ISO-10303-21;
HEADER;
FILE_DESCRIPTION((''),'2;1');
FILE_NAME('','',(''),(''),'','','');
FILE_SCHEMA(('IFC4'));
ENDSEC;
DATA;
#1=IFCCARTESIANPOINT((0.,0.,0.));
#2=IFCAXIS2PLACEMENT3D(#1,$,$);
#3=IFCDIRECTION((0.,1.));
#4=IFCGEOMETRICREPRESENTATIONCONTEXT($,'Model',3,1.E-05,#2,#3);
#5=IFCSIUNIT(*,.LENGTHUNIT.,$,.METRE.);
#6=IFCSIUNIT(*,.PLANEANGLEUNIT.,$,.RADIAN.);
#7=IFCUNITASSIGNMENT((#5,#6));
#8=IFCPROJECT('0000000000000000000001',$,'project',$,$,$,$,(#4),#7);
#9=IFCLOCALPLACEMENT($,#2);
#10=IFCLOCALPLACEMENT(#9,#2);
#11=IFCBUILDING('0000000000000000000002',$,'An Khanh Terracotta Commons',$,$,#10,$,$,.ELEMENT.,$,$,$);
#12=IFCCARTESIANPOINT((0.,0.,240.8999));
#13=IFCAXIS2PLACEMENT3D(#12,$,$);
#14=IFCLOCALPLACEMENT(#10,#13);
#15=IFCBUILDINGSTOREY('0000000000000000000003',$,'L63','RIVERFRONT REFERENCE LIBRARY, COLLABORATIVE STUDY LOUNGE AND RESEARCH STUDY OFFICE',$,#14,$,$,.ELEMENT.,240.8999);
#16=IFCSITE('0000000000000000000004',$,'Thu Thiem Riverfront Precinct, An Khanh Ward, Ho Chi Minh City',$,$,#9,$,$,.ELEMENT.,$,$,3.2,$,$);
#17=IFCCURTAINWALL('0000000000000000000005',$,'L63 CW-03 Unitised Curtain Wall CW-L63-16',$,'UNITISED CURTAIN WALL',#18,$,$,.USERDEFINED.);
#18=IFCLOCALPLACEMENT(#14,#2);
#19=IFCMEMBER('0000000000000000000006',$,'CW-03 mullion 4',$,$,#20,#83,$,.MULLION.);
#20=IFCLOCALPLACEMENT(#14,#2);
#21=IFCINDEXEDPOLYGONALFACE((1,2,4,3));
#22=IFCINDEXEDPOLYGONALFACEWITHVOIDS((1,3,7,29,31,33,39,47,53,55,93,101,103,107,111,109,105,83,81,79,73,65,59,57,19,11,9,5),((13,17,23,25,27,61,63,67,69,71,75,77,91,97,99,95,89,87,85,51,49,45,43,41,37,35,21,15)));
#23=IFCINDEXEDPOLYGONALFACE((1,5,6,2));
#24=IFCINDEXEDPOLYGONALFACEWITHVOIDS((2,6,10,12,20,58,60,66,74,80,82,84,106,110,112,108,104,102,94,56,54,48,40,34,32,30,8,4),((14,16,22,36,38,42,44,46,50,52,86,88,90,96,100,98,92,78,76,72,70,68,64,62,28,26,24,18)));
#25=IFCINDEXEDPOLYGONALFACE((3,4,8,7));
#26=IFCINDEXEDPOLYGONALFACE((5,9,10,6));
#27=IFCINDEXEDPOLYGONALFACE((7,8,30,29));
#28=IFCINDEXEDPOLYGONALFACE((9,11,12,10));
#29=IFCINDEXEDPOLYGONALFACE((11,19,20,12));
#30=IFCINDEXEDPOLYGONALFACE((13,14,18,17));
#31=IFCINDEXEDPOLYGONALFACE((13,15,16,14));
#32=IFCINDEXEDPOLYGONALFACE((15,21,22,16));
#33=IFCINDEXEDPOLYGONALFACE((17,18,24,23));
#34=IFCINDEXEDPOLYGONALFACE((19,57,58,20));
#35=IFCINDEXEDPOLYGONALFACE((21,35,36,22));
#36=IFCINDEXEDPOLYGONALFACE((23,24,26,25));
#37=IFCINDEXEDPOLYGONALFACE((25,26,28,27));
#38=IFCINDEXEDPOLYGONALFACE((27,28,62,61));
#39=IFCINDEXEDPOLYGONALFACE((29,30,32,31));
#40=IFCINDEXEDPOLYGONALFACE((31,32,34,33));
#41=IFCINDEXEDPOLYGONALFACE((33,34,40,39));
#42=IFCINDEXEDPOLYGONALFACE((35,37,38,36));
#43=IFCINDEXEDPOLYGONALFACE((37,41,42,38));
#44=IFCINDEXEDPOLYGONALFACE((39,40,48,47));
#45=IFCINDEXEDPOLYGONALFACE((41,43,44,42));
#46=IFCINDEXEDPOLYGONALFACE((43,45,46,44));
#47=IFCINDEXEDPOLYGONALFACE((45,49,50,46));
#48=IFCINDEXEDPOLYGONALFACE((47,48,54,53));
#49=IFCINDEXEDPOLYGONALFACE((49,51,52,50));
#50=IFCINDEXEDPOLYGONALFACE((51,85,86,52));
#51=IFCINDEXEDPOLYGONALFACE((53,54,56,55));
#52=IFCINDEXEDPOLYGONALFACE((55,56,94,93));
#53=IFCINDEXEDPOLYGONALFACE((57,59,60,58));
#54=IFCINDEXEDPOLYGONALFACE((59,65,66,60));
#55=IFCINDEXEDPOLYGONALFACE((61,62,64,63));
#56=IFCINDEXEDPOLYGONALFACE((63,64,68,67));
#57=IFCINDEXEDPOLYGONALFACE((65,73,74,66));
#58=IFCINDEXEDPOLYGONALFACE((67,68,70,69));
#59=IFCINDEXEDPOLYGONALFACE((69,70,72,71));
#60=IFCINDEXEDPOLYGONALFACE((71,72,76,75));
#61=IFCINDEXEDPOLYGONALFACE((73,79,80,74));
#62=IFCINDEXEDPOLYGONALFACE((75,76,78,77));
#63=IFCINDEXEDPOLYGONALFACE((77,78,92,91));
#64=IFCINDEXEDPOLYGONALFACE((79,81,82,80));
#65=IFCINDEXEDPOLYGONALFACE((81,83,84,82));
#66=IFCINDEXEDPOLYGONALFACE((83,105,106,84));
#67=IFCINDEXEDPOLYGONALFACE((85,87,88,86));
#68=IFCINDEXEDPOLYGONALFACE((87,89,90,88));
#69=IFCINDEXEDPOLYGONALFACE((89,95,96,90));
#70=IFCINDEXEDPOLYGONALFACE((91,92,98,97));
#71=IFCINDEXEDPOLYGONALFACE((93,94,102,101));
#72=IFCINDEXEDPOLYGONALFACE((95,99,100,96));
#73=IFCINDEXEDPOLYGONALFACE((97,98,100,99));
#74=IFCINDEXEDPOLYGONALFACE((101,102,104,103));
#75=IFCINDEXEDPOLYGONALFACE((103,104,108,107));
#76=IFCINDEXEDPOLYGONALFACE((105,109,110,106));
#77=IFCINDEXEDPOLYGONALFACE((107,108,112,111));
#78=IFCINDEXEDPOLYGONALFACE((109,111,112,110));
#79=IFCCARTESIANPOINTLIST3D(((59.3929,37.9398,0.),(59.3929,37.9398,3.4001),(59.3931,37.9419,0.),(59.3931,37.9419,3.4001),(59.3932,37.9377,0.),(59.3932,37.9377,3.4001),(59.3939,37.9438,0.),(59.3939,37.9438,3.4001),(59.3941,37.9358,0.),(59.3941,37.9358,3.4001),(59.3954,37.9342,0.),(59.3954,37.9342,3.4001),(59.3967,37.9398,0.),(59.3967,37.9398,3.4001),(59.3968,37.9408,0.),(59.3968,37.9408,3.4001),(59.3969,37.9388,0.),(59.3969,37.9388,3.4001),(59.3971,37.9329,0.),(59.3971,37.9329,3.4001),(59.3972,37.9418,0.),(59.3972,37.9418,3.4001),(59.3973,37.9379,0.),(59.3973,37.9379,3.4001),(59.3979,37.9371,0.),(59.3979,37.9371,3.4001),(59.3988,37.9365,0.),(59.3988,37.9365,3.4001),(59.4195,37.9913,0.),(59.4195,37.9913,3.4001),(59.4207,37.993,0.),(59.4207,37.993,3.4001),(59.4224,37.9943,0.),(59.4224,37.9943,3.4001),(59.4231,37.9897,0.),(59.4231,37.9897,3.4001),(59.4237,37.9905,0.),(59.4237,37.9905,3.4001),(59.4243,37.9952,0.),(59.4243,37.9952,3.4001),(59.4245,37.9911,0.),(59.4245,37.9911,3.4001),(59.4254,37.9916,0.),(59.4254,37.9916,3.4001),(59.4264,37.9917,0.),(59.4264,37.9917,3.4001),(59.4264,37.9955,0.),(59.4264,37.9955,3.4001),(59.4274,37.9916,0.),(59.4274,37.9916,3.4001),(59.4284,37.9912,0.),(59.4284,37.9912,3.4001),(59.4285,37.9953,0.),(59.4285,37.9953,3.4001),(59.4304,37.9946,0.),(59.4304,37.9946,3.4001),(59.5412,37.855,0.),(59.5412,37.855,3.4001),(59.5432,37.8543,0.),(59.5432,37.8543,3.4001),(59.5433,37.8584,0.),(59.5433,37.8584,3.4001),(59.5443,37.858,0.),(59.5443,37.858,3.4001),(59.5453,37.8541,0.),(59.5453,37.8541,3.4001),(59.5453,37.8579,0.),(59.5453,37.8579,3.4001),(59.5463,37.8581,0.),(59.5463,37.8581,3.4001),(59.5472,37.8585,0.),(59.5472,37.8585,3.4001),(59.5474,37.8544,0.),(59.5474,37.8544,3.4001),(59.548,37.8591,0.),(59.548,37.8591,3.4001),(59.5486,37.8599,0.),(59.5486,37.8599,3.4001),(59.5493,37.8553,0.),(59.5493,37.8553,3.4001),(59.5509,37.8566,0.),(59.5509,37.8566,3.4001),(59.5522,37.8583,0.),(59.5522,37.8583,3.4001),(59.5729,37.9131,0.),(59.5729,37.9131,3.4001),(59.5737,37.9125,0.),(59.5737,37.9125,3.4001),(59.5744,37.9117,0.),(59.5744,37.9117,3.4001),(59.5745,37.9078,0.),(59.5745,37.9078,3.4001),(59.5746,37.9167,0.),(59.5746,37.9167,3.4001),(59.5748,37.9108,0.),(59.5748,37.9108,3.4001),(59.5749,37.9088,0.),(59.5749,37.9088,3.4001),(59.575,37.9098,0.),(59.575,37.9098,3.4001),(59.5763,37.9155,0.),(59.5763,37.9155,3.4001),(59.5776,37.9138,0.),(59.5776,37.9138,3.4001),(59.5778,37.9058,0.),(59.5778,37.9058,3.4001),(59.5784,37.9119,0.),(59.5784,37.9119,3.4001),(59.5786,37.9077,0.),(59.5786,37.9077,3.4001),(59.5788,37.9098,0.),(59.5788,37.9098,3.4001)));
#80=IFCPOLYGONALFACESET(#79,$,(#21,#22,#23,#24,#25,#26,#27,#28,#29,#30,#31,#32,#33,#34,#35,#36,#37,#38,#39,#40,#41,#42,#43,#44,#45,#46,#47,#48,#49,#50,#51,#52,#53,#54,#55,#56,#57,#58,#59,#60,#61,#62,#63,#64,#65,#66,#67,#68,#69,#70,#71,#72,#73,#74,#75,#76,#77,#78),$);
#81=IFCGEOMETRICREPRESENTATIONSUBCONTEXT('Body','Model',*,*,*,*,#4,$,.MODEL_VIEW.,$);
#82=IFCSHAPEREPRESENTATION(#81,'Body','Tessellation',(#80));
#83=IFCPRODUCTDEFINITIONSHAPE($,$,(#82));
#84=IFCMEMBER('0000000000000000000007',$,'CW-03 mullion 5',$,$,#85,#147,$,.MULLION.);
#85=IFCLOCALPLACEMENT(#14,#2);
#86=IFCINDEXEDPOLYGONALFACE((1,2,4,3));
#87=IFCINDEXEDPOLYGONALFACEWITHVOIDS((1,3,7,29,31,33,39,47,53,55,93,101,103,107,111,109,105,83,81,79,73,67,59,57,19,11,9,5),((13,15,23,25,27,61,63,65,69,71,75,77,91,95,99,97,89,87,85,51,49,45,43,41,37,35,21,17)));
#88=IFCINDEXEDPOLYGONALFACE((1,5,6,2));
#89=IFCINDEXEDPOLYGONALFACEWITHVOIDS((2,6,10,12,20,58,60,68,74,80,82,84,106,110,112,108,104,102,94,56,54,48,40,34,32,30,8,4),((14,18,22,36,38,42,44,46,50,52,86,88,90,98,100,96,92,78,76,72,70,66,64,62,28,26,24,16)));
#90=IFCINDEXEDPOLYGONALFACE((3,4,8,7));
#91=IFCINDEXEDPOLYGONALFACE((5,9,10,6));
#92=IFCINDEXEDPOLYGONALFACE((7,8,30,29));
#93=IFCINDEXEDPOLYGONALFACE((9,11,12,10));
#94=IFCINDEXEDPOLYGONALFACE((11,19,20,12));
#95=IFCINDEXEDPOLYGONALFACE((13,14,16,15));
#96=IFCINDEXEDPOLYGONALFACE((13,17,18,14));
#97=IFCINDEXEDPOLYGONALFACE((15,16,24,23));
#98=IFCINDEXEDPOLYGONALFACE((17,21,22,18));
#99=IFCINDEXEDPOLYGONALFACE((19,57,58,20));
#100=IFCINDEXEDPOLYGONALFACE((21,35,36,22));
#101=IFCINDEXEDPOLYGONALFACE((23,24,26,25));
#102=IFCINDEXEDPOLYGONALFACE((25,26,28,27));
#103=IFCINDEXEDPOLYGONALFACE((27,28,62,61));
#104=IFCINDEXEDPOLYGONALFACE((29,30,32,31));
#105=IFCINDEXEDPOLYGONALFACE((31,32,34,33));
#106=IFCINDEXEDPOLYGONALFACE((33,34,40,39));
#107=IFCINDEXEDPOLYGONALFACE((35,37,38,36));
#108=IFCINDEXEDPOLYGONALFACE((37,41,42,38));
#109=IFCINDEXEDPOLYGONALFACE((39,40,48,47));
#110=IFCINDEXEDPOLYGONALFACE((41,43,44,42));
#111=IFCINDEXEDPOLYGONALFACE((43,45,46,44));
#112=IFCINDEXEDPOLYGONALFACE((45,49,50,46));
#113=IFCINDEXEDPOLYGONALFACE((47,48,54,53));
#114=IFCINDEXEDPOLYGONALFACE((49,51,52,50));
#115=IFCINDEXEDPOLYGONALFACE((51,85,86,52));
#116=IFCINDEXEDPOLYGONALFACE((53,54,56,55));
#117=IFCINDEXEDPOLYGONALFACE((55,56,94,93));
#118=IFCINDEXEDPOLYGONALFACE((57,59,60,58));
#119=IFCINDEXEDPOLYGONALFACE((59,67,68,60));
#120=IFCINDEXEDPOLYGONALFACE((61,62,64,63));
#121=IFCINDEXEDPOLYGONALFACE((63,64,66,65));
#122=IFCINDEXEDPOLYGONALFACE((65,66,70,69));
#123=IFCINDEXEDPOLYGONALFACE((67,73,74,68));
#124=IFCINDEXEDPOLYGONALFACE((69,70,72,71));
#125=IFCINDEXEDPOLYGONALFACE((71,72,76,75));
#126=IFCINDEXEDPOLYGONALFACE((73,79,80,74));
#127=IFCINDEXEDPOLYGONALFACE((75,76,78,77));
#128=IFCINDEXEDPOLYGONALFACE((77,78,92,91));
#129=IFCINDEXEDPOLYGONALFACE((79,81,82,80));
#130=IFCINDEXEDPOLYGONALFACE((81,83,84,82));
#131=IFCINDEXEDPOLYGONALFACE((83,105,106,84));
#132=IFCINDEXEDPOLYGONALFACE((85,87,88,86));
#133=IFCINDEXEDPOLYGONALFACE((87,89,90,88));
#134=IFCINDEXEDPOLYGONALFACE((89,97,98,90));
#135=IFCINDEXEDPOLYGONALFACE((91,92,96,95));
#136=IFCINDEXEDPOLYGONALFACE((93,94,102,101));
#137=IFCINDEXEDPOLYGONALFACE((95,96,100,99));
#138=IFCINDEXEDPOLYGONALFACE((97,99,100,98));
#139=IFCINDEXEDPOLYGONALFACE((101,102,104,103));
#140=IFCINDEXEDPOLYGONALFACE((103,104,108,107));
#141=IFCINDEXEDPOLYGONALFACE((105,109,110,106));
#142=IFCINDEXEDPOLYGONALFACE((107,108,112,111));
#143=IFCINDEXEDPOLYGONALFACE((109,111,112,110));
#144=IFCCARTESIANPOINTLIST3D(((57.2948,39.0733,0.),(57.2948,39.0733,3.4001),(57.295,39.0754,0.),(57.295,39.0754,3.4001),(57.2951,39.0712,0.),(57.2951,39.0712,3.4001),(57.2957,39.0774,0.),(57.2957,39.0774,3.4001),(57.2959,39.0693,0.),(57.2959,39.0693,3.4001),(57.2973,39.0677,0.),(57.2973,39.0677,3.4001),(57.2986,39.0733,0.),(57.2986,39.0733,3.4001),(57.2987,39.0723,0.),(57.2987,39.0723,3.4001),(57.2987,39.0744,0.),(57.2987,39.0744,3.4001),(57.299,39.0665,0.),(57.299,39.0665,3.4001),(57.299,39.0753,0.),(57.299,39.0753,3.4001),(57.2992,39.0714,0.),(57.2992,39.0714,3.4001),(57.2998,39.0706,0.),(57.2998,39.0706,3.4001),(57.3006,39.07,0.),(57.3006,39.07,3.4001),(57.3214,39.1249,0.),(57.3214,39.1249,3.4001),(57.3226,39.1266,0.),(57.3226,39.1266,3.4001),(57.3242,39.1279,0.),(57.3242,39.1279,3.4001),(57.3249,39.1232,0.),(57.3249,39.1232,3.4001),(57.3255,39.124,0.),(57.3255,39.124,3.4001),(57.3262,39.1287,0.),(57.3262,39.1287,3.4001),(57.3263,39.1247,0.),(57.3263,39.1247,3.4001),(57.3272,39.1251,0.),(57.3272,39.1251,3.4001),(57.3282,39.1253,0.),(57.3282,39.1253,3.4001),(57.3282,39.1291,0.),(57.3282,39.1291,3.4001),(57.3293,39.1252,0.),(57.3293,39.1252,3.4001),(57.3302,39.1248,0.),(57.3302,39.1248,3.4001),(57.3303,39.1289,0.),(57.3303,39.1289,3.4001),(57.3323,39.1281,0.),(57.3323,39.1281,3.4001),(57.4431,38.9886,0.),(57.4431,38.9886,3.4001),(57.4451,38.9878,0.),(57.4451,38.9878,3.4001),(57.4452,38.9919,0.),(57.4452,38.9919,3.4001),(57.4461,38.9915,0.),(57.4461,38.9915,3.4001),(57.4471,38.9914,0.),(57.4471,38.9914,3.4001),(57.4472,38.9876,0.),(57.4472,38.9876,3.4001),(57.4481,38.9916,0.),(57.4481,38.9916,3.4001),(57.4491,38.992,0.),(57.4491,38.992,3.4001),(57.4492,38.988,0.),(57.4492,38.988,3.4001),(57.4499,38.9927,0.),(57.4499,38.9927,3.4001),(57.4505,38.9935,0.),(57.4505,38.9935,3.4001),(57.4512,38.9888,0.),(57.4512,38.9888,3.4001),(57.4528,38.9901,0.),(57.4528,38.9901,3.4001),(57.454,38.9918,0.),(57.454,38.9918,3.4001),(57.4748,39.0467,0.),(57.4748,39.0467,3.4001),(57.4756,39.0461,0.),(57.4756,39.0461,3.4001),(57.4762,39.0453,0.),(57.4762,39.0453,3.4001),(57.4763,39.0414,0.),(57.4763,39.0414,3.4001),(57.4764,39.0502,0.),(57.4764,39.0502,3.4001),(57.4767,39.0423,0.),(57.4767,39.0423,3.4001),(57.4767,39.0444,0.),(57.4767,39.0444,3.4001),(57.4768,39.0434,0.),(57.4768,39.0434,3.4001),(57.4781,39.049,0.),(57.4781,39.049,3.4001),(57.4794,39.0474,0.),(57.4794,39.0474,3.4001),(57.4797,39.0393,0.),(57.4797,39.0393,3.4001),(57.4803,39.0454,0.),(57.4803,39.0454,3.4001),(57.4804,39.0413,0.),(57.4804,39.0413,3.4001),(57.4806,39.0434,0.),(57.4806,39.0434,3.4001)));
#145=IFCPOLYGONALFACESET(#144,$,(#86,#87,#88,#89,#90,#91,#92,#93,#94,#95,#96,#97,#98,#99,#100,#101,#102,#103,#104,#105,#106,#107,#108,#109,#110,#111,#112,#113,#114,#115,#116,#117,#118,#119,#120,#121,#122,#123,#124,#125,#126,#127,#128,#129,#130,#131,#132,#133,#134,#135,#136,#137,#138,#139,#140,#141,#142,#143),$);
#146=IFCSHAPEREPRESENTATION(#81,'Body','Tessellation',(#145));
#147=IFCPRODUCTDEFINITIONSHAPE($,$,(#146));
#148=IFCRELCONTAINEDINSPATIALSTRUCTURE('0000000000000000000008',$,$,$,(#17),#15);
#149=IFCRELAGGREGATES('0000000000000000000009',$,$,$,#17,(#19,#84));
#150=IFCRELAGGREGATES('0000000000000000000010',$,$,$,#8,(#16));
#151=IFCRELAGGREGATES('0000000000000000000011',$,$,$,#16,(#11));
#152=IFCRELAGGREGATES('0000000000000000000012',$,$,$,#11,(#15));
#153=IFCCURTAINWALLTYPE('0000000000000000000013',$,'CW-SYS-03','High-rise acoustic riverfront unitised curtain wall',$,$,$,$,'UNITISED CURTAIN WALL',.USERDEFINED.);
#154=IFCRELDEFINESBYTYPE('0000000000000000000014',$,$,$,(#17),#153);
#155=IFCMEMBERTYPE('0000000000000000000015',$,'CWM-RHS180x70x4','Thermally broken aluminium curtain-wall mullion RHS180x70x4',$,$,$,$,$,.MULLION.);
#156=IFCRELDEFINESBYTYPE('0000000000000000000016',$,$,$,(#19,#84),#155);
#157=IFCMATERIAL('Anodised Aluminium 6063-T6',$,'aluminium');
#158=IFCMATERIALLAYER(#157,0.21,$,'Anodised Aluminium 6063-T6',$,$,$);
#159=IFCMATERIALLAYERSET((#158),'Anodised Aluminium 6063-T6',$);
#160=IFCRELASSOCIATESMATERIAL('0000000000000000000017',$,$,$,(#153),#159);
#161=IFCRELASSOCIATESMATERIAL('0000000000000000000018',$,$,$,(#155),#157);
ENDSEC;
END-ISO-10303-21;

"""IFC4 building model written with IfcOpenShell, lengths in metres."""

from ifc_helpers import new_model, si_unit, direction, frame, origin, origin_2d, place, context, subcontext, project, spatial, hollow_rectangle, extrude, material, layer, layer_set, material_profile, profile_set, type_object, element, aggregate, save


model = new_model("IFC4")

# Units and contexts
model_context = context("Model", 3, precision=1e-05, world=origin(), true_north=direction((0.0, 1.0)))
body_context = subcontext(model_context, "Body", "Model", "MODEL_VIEW")
ifc_project = project(units=[si_unit("LENGTHUNIT", "METRE"), si_unit("PLANEANGLEUNIT", "RADIAN")], contexts=[model_context])

# Site, building, storey
site_placement = place(None, origin())
site = spatial("IfcSite", under=ifc_project, at=site_placement, Name="Thu Thiem Riverfront Precinct, An Khanh Ward, Ho Chi Minh City", CompositionType="ELEMENT", RefElevation=3.2)
building_placement = place(site_placement, origin())
building = spatial("IfcBuilding", under=site, at=building_placement, Name="An Khanh Terracotta Commons", CompositionType="ELEMENT")
storey_placement = place(building_placement, frame((0.0, 0.0, 240.8999)))
storey = spatial("IfcBuildingStorey", under=building, at=storey_placement, Name="L63", Description="RIVERFRONT REFERENCE LIBRARY, COLLABORATIVE STUDY LOUNGE AND RESEARCH STUDY OFFICE", CompositionType="ELEMENT", Elevation=240.8999)

# Curtain wall, members
ifc_material_1 = material(Name="Anodised Aluminium 6063-T6", Category="aluminium")
ifc_layer_1 = layer(ifc_material_1, 0.21, Name="Anodised Aluminium 6063-T6")
ifc_layer_set_1 = layer_set([ifc_layer_1], Name="Anodised Aluminium 6063-T6")
curtain_wall_type = type_object("IfcCurtainWallType", Name="CW-SYS-03", Description="High-rise acoustic riverfront unitised curtain wall", ElementType="UNITISED CURTAIN WALL", PredefinedType="USERDEFINED", material=ifc_layer_set_1)
curtain_wall_placement = place(storey_placement, origin())
curtain_wall = element("IfcCurtainWall", 1, at=curtain_wall_placement, inside=storey, type_object=curtain_wall_type, Name="L63 CW-03 Unitised Curtain Wall CW-L63-16", ObjectType="UNITISED CURTAIN WALL", PredefinedType="USERDEFINED")
ifc_material_profile_1 = material_profile(ifc_material_1, hollow_rectangle(XDim=0.0701, YDim=0.1799, WallThickness=0.0039, InnerFilletRadius=0.0039, OuterFilletRadius=0.0081, at=origin_2d()), Name="RHS180x70x4")
ifc_profile_set_1 = profile_set([ifc_material_profile_1], Name="Anodised Aluminium 6063-T6")
member_type_1 = type_object("IfcMemberType", Name="CWM-RHS180x70x4", Description="Thermally broken aluminium curtain-wall mullion RHS180x70x4", PredefinedType="MULLION", material=ifc_profile_set_1)
member_1_placement = place(storey_placement, frame((59.4858, 37.9248, 0.0), z_axis=(0.0, 0.0, 1.0), x_axis=(-0.475381, -0.87978, 0.0)))
member_1 = element("IfcMember", 2, at=member_1_placement, type_object=member_type_1, Name="CW-03 mullion 4", PredefinedType="MULLION", context=body_context, shape_type="SweptSolid", body=[
    extrude(hollow_rectangle(XDim=0.0701, YDim=0.1799, WallThickness=0.0039, InnerFilletRadius=0.0039, OuterFilletRadius=0.0081, at=origin_2d()), origin(), (0.0, 0.0, 1.0), 3.4001),
])
member_2_placement = place(storey_placement, frame((57.3877, 39.0583, 0.0), z_axis=(0.0, 0.0, 1.0), x_axis=(-0.475381, -0.87978, 0.0)))
member_2 = element("IfcMember", 3, at=member_2_placement, type_object=member_type_1, Name="CW-03 mullion 5", PredefinedType="MULLION", context=body_context, shape_type="SweptSolid", body=[
    extrude(hollow_rectangle(XDim=0.0701, YDim=0.1799, WallThickness=0.0039, InnerFilletRadius=0.0039, OuterFilletRadius=0.0081, at=origin_2d()), origin(), (0.0, 0.0, 1.0), 3.4001),
])
aggregate(curtain_wall, [member_1, member_2])

save(model, "model.ifc")
